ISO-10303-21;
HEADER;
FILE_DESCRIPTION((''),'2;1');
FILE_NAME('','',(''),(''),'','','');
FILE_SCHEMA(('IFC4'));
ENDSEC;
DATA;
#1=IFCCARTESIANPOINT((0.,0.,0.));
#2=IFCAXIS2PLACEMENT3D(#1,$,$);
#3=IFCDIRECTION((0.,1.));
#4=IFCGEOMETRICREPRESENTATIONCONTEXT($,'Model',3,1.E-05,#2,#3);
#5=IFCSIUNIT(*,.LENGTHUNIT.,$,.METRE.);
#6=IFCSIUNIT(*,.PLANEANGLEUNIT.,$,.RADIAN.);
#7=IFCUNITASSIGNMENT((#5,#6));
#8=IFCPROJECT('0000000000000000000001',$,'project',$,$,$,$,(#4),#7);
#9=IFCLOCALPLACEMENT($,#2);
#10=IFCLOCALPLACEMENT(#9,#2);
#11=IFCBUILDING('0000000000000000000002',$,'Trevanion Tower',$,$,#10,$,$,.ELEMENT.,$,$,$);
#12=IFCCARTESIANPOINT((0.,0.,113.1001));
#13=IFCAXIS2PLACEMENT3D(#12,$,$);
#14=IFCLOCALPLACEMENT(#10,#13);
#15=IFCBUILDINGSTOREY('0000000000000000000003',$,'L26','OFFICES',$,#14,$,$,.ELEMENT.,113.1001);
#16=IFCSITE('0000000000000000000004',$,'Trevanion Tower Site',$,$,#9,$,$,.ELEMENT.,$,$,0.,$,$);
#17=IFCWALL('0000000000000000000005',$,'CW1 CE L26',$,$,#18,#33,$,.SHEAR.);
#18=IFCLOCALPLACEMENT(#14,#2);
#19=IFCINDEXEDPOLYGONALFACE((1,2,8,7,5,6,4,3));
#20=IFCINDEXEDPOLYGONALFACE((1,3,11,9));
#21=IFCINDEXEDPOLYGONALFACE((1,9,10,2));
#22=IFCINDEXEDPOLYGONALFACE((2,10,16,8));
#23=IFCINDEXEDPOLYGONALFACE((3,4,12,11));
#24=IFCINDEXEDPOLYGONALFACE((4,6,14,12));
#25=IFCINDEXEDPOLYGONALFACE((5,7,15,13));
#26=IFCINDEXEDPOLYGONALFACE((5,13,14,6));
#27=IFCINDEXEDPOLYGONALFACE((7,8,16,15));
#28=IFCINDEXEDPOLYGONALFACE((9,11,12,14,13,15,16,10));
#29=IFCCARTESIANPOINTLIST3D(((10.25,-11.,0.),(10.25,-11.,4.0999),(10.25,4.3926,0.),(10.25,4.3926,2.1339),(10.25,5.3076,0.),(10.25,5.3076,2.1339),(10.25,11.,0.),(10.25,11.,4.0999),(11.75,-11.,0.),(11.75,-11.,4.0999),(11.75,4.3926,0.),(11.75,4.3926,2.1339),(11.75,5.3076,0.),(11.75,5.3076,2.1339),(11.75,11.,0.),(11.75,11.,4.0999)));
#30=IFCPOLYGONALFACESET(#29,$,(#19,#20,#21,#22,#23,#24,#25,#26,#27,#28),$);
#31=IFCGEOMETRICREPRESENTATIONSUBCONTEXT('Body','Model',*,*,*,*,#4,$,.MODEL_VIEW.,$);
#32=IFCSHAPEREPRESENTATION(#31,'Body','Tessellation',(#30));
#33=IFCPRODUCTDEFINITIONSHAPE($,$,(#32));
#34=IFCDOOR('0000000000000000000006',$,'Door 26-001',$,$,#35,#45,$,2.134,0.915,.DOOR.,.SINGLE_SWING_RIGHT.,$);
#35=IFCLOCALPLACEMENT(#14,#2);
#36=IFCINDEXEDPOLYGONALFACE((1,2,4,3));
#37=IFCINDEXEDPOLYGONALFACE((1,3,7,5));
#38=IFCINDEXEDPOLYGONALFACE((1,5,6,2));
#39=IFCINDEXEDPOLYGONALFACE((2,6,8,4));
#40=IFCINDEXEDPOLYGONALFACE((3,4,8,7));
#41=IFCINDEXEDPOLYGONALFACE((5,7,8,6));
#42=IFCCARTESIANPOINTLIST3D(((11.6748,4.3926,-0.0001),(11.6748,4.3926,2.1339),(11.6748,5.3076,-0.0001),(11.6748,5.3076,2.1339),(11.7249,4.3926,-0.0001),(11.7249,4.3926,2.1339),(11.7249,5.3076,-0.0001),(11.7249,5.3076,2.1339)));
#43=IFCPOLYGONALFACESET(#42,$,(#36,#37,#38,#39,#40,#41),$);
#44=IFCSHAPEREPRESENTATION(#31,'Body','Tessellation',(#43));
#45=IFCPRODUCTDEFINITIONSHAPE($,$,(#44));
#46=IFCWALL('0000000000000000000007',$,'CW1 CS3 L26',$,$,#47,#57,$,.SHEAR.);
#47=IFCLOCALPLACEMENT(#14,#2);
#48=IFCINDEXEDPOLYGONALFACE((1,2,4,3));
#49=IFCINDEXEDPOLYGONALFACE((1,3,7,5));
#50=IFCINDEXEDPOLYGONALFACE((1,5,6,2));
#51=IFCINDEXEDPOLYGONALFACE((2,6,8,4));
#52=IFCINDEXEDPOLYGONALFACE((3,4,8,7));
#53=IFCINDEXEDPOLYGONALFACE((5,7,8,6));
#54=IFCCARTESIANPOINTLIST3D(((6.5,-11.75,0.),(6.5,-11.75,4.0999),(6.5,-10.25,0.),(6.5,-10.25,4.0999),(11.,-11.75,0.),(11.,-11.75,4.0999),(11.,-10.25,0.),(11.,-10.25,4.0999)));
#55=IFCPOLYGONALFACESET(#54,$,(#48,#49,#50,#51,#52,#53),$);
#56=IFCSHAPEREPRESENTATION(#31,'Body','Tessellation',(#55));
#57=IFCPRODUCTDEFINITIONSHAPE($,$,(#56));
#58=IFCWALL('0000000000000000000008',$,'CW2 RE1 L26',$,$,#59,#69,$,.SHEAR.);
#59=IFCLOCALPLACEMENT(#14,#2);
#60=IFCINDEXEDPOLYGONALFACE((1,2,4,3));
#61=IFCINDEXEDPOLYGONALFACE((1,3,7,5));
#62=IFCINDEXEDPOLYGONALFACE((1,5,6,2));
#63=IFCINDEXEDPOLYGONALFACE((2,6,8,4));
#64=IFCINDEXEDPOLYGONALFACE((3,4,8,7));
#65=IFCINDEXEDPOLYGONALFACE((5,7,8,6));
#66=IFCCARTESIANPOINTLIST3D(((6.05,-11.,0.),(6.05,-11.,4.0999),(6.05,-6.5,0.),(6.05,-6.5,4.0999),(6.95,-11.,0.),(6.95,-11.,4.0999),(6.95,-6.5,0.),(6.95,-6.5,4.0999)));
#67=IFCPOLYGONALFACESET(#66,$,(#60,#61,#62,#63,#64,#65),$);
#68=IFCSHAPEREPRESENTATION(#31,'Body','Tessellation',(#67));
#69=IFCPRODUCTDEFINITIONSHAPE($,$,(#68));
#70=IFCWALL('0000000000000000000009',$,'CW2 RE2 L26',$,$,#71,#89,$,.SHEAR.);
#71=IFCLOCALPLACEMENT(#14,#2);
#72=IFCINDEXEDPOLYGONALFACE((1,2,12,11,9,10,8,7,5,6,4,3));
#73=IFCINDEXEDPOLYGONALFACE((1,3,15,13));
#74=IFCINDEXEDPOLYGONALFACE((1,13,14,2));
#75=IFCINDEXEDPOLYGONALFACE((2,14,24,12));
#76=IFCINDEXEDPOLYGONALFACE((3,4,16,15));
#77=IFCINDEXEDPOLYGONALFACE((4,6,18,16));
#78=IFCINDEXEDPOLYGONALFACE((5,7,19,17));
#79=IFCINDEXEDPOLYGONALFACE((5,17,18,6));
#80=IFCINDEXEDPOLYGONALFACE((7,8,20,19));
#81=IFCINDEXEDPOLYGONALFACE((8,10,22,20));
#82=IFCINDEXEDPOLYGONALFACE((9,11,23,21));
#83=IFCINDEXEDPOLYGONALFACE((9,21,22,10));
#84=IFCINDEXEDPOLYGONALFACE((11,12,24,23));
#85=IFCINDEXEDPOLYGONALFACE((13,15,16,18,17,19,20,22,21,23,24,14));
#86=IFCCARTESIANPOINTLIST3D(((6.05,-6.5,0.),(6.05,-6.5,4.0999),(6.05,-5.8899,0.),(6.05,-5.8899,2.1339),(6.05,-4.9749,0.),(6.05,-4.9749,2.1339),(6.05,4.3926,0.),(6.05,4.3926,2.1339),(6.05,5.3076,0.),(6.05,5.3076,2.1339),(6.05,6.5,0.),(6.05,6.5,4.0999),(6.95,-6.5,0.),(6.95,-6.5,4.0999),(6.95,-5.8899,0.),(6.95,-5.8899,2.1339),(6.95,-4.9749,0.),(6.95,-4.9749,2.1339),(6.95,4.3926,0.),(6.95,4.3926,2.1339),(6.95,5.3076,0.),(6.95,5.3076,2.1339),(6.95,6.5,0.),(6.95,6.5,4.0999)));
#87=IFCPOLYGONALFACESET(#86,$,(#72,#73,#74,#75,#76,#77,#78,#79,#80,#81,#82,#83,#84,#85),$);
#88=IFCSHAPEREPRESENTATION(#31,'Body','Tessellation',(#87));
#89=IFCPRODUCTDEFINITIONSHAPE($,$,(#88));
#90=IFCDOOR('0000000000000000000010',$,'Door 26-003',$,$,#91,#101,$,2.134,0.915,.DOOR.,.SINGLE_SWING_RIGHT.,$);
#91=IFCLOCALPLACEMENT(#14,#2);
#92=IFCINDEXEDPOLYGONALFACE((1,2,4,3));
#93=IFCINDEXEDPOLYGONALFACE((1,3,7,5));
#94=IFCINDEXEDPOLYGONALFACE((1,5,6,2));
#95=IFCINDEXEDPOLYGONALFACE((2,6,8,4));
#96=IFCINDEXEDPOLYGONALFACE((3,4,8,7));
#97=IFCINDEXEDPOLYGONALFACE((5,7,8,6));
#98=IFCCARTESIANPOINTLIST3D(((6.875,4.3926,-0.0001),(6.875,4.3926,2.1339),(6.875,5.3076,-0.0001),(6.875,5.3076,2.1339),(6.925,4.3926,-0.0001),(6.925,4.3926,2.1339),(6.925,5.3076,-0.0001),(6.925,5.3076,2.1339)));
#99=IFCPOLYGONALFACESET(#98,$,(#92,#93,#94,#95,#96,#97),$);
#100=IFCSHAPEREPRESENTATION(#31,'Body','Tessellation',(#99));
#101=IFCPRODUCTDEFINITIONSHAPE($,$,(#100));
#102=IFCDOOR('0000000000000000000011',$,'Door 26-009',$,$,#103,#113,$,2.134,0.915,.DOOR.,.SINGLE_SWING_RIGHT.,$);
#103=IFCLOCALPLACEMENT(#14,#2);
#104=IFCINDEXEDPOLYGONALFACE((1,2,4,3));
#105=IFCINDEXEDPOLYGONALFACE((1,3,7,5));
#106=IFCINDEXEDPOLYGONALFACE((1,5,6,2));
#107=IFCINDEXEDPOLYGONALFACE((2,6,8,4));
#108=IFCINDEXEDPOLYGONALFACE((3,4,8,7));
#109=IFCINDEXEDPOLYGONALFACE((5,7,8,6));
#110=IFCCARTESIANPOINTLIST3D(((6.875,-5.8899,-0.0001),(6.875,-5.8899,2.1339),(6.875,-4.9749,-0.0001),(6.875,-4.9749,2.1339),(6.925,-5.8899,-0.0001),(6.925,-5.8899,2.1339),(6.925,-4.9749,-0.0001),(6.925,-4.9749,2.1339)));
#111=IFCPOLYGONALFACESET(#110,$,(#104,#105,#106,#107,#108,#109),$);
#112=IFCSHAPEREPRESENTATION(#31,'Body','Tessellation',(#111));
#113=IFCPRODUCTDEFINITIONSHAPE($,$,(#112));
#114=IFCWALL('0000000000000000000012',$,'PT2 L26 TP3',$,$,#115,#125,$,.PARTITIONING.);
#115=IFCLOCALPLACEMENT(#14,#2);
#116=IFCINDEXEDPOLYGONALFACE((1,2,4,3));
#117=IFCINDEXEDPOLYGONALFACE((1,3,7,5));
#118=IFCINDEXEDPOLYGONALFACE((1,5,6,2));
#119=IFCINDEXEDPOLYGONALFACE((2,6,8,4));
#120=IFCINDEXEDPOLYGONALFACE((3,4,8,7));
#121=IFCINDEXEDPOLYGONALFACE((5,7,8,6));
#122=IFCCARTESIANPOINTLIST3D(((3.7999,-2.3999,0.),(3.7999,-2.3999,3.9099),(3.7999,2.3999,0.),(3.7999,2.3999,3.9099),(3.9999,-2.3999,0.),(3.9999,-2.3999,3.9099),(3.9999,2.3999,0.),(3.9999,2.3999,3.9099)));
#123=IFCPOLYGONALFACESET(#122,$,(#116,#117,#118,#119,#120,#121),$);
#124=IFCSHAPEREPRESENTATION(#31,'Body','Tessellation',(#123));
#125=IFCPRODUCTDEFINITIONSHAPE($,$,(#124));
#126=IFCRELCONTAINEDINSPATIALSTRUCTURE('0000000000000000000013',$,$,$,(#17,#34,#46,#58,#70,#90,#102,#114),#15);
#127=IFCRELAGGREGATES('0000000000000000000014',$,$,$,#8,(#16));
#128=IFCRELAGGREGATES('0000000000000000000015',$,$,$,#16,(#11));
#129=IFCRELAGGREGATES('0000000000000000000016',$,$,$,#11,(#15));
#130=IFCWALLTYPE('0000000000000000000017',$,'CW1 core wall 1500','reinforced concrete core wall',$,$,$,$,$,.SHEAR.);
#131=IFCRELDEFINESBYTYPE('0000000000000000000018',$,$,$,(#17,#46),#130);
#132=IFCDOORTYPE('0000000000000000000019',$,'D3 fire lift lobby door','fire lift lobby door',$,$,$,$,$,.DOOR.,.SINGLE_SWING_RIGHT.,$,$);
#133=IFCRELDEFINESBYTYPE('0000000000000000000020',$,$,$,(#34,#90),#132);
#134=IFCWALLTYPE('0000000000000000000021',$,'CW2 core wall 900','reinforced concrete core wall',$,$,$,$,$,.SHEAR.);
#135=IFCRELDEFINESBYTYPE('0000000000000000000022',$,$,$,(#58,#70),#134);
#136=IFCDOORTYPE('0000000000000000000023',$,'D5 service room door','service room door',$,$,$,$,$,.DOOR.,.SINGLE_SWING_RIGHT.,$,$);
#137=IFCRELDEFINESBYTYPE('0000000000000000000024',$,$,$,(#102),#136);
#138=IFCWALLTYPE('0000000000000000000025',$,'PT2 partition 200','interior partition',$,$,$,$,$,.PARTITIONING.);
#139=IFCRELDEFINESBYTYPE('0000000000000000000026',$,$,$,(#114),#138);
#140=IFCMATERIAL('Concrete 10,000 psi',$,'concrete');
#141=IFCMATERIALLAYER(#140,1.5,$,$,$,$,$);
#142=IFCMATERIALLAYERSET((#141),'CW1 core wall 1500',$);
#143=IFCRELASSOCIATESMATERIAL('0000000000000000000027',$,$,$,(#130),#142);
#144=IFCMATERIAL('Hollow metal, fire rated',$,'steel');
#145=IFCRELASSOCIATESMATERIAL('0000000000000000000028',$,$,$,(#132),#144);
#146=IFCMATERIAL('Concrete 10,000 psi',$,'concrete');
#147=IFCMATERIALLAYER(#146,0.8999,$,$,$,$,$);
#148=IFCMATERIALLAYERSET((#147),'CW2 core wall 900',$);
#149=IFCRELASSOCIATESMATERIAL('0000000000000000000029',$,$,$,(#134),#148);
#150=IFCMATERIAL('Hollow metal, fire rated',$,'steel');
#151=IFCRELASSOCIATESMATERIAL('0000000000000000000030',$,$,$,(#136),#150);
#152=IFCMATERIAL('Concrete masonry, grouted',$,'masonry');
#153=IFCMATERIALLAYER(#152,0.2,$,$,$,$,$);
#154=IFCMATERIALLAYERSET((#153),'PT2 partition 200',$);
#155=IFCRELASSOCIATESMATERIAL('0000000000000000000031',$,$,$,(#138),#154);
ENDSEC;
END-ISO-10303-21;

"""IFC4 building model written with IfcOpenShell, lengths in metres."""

from ifc_helpers import new_model, si_unit, direction, frame, frame_2d, origin, place, context, subcontext, project, spatial, rectangle, extrude, material, layer, layer_set, type_object, element, fill, save


model = new_model("IFC4")

# Units and contexts
model_context = context("Model", 3, precision=1e-05, world=origin(), true_north=direction((0.0, 1.0)))
body_context = subcontext(model_context, "Body", "Model", "MODEL_VIEW")
ifc_project = project(units=[si_unit("LENGTHUNIT", "METRE"), si_unit("PLANEANGLEUNIT", "RADIAN")], contexts=[model_context])

# Site, building, storey
site_placement = place(None, origin())
site = spatial("IfcSite", under=ifc_project, at=site_placement, Name="Trevanion Tower Site", CompositionType="ELEMENT", RefElevation=0.0)
building_placement = place(site_placement, origin())
building = spatial("IfcBuilding", under=site, at=building_placement, Name="Trevanion Tower", CompositionType="ELEMENT")
storey_placement = place(building_placement, frame((0.0, 0.0, 113.1001)))
storey = spatial("IfcBuildingStorey", under=building, at=storey_placement, Name="L26", Description="OFFICES", CompositionType="ELEMENT", Elevation=113.1001)

# Wall, opening, door
ifc_material_1 = material(Name="Concrete 10,000 psi", Category="concrete")
ifc_layer_1 = layer(ifc_material_1, 1.5)
ifc_layer_set_1 = layer_set([ifc_layer_1], Name="CW1 core wall 1500")
wall_type_1 = type_object("IfcWallType", Name="CW1 core wall 1500", Description="reinforced concrete core wall", PredefinedType="SHEAR", material=ifc_layer_set_1)
wall_1_placement = place(storey_placement, frame((11.0, -11.0, 0.0), z_axis=(0.0, 0.0, 1.0), x_axis=(0.0, 1.0, 0.0)))
wall_1 = element("IfcWall", 1, at=wall_1_placement, inside=storey, type_object=wall_type_1, Name="CW1 CE L26", PredefinedType="SHEAR", context=body_context, shape_type="SweptSolid", body=[
    extrude(rectangle(XDim=22.0, YDim=1.5, at=frame_2d((11.0, 0.0))), origin(), (0.0, 0.0, 1.0), 4.0999),
])
opening_1_placement = place(wall_1_placement, frame((15.3926, 0.0, 0.0)))
opening_1 = element("IfcOpeningElement", 2, at=opening_1_placement, cuts=wall_1, PredefinedType="OPENING", context=body_context, shape_type="SweptSolid", body=[
    extrude(rectangle(XDim=0.915, YDim=2.134, at=frame_2d((0.4575, 1.0669))), frame((0.0, 0.76, 0.0), z_axis=(0.0, -1.0, 0.0), x_axis=(1.0, 0.0, 0.0)), (0.0, 0.0, 1.0), 1.52),
])
ifc_material_2 = material(Name="Hollow metal, fire rated", Category="steel")
door_type_1 = type_object("IfcDoorType", Name="D3 fire lift lobby door", Description="fire lift lobby door", OperationType="SINGLE_SWING_RIGHT", PredefinedType="DOOR", material=ifc_material_2)
door_1_placement = place(opening_1_placement, origin())
door_1 = element("IfcDoor", 3, at=door_1_placement, inside=storey, type_object=door_type_1, Name="Door 26-001", OperationType="SINGLE_SWING_RIGHT", OverallHeight=2.134, OverallWidth=0.915, PredefinedType="DOOR", context=body_context, shape_type="SweptSolid", body=[
    extrude(rectangle(XDim=0.915, YDim=2.134, at=frame_2d((0.4575, 1.0669))), frame((0.0, -0.6748, 0.0), z_axis=(0.0, -1.0, 0.0), x_axis=(1.0, 0.0, 0.0)), (0.0, 0.0, 1.0), 0.05),
])
fill(opening_1, door_1)

# Walls
wall_2_placement = place(storey_placement, frame((6.5, -11.0, 0.0), z_axis=(0.0, 0.0, 1.0), x_axis=(1.0, 0.0, 0.0)))
element("IfcWall", 4, at=wall_2_placement, inside=storey, type_object=wall_type_1, Name="CW1 CS3 L26", PredefinedType="SHEAR", context=body_context, shape_type="SweptSolid", body=[
    extrude(rectangle(XDim=4.5, YDim=1.5, at=frame_2d((2.25, 0.0))), origin(), (0.0, 0.0, 1.0), 4.0999),
])
ifc_material_3 = material(Name="Concrete 10,000 psi", Category="concrete")
ifc_layer_2 = layer(ifc_material_3, 0.8999)
ifc_layer_set_2 = layer_set([ifc_layer_2], Name="CW2 core wall 900")
wall_type_2 = type_object("IfcWallType", Name="CW2 core wall 900", Description="reinforced concrete core wall", PredefinedType="SHEAR", material=ifc_layer_set_2)
wall_3_placement = place(storey_placement, frame((6.5, -11.0, 0.0), z_axis=(0.0, 0.0, 1.0), x_axis=(0.0, 1.0, 0.0)))
element("IfcWall", 5, at=wall_3_placement, inside=storey, type_object=wall_type_2, Name="CW2 RE1 L26", PredefinedType="SHEAR", context=body_context, shape_type="SweptSolid", body=[
    extrude(rectangle(XDim=4.5, YDim=0.8999, at=frame_2d((2.25, 0.0))), origin(), (0.0, 0.0, 1.0), 4.0999),
])

# Wall, openings, doors
wall_4_placement = place(storey_placement, frame((6.5, -6.5, 0.0), z_axis=(0.0, 0.0, 1.0), x_axis=(0.0, 1.0, 0.0)))
wall_4 = element("IfcWall", 6, at=wall_4_placement, inside=storey, type_object=wall_type_2, Name="CW2 RE2 L26", PredefinedType="SHEAR", context=body_context, shape_type="SweptSolid", body=[
    extrude(rectangle(XDim=13.0, YDim=0.8999, at=frame_2d((6.5, 0.0))), origin(), (0.0, 0.0, 1.0), 4.0999),
])
opening_2_placement = place(wall_4_placement, frame((10.8926, 0.0, 0.0)))
opening_2 = element("IfcOpeningElement", 7, at=opening_2_placement, cuts=wall_4, PredefinedType="OPENING", context=body_context, shape_type="SweptSolid", body=[
    extrude(rectangle(XDim=0.915, YDim=2.134, at=frame_2d((0.4575, 1.0669))), frame((0.0, 0.46, 0.0), z_axis=(0.0, -1.0, 0.0), x_axis=(1.0, 0.0, 0.0)), (0.0, 0.0, 1.0), 0.9199),
])
opening_3_placement = place(wall_4_placement, frame((0.6101, 0.0, 0.0)))
opening_3 = element("IfcOpeningElement", 8, at=opening_3_placement, cuts=wall_4, PredefinedType="OPENING", context=body_context, shape_type="SweptSolid", body=[
    extrude(rectangle(XDim=0.915, YDim=2.134, at=frame_2d((0.4575, 1.0669))), frame((0.0, 0.46, 0.0), z_axis=(0.0, -1.0, 0.0), x_axis=(1.0, 0.0, 0.0)), (0.0, 0.0, 1.0), 0.9199),
])
door_2_placement = place(opening_2_placement, origin())
door_2 = element("IfcDoor", 9, at=door_2_placement, inside=storey, type_object=door_type_1, Name="Door 26-003", OperationType="SINGLE_SWING_RIGHT", OverallHeight=2.134, OverallWidth=0.915, PredefinedType="DOOR", context=body_context, shape_type="SweptSolid", body=[
    extrude(rectangle(XDim=0.915, YDim=2.134, at=frame_2d((0.4575, 1.0669))), frame((0.0, -0.375, 0.0), z_axis=(0.0, -1.0, 0.0), x_axis=(1.0, 0.0, 0.0)), (0.0, 0.0, 1.0), 0.05),
])
fill(opening_2, door_2)
ifc_material_4 = material(Name="Hollow metal, fire rated", Category="steel")
door_type_2 = type_object("IfcDoorType", Name="D5 service room door", Description="service room door", OperationType="SINGLE_SWING_RIGHT", PredefinedType="DOOR", material=ifc_material_4)
door_3_placement = place(opening_3_placement, origin())
door_3 = element("IfcDoor", 10, at=door_3_placement, inside=storey, type_object=door_type_2, Name="Door 26-009", OperationType="SINGLE_SWING_RIGHT", OverallHeight=2.134, OverallWidth=0.915, PredefinedType="DOOR", context=body_context, shape_type="SweptSolid", body=[
    extrude(rectangle(XDim=0.915, YDim=2.134, at=frame_2d((0.4575, 1.0669))), frame((0.0, -0.375, 0.0), z_axis=(0.0, -1.0, 0.0), x_axis=(1.0, 0.0, 0.0)), (0.0, 0.0, 1.0), 0.05),
])
fill(opening_3, door_3)

# Wall
ifc_material_5 = material(Name="Concrete masonry, grouted", Category="masonry")
ifc_layer_3 = layer(ifc_material_5, 0.2)
ifc_layer_set_3 = layer_set([ifc_layer_3], Name="PT2 partition 200")
wall_type_3 = type_object("IfcWallType", Name="PT2 partition 200", Description="interior partition", PredefinedType="PARTITIONING", material=ifc_layer_set_3)
wall_5_placement = place(storey_placement, frame((3.8999, -2.3999, 0.0), z_axis=(0.0, 0.0, 1.0), x_axis=(0.0, 1.0, 0.0)))
element("IfcWall", 11, at=wall_5_placement, inside=storey, type_object=wall_type_3, Name="PT2 L26 TP3", PredefinedType="PARTITIONING", context=body_context, shape_type="SweptSolid", body=[
    extrude(rectangle(XDim=4.7998, YDim=0.2, at=frame_2d((2.3999, 0.0))), origin(), (0.0, 0.0, 1.0), 3.9099),
])

save(model, "model.ifc")
